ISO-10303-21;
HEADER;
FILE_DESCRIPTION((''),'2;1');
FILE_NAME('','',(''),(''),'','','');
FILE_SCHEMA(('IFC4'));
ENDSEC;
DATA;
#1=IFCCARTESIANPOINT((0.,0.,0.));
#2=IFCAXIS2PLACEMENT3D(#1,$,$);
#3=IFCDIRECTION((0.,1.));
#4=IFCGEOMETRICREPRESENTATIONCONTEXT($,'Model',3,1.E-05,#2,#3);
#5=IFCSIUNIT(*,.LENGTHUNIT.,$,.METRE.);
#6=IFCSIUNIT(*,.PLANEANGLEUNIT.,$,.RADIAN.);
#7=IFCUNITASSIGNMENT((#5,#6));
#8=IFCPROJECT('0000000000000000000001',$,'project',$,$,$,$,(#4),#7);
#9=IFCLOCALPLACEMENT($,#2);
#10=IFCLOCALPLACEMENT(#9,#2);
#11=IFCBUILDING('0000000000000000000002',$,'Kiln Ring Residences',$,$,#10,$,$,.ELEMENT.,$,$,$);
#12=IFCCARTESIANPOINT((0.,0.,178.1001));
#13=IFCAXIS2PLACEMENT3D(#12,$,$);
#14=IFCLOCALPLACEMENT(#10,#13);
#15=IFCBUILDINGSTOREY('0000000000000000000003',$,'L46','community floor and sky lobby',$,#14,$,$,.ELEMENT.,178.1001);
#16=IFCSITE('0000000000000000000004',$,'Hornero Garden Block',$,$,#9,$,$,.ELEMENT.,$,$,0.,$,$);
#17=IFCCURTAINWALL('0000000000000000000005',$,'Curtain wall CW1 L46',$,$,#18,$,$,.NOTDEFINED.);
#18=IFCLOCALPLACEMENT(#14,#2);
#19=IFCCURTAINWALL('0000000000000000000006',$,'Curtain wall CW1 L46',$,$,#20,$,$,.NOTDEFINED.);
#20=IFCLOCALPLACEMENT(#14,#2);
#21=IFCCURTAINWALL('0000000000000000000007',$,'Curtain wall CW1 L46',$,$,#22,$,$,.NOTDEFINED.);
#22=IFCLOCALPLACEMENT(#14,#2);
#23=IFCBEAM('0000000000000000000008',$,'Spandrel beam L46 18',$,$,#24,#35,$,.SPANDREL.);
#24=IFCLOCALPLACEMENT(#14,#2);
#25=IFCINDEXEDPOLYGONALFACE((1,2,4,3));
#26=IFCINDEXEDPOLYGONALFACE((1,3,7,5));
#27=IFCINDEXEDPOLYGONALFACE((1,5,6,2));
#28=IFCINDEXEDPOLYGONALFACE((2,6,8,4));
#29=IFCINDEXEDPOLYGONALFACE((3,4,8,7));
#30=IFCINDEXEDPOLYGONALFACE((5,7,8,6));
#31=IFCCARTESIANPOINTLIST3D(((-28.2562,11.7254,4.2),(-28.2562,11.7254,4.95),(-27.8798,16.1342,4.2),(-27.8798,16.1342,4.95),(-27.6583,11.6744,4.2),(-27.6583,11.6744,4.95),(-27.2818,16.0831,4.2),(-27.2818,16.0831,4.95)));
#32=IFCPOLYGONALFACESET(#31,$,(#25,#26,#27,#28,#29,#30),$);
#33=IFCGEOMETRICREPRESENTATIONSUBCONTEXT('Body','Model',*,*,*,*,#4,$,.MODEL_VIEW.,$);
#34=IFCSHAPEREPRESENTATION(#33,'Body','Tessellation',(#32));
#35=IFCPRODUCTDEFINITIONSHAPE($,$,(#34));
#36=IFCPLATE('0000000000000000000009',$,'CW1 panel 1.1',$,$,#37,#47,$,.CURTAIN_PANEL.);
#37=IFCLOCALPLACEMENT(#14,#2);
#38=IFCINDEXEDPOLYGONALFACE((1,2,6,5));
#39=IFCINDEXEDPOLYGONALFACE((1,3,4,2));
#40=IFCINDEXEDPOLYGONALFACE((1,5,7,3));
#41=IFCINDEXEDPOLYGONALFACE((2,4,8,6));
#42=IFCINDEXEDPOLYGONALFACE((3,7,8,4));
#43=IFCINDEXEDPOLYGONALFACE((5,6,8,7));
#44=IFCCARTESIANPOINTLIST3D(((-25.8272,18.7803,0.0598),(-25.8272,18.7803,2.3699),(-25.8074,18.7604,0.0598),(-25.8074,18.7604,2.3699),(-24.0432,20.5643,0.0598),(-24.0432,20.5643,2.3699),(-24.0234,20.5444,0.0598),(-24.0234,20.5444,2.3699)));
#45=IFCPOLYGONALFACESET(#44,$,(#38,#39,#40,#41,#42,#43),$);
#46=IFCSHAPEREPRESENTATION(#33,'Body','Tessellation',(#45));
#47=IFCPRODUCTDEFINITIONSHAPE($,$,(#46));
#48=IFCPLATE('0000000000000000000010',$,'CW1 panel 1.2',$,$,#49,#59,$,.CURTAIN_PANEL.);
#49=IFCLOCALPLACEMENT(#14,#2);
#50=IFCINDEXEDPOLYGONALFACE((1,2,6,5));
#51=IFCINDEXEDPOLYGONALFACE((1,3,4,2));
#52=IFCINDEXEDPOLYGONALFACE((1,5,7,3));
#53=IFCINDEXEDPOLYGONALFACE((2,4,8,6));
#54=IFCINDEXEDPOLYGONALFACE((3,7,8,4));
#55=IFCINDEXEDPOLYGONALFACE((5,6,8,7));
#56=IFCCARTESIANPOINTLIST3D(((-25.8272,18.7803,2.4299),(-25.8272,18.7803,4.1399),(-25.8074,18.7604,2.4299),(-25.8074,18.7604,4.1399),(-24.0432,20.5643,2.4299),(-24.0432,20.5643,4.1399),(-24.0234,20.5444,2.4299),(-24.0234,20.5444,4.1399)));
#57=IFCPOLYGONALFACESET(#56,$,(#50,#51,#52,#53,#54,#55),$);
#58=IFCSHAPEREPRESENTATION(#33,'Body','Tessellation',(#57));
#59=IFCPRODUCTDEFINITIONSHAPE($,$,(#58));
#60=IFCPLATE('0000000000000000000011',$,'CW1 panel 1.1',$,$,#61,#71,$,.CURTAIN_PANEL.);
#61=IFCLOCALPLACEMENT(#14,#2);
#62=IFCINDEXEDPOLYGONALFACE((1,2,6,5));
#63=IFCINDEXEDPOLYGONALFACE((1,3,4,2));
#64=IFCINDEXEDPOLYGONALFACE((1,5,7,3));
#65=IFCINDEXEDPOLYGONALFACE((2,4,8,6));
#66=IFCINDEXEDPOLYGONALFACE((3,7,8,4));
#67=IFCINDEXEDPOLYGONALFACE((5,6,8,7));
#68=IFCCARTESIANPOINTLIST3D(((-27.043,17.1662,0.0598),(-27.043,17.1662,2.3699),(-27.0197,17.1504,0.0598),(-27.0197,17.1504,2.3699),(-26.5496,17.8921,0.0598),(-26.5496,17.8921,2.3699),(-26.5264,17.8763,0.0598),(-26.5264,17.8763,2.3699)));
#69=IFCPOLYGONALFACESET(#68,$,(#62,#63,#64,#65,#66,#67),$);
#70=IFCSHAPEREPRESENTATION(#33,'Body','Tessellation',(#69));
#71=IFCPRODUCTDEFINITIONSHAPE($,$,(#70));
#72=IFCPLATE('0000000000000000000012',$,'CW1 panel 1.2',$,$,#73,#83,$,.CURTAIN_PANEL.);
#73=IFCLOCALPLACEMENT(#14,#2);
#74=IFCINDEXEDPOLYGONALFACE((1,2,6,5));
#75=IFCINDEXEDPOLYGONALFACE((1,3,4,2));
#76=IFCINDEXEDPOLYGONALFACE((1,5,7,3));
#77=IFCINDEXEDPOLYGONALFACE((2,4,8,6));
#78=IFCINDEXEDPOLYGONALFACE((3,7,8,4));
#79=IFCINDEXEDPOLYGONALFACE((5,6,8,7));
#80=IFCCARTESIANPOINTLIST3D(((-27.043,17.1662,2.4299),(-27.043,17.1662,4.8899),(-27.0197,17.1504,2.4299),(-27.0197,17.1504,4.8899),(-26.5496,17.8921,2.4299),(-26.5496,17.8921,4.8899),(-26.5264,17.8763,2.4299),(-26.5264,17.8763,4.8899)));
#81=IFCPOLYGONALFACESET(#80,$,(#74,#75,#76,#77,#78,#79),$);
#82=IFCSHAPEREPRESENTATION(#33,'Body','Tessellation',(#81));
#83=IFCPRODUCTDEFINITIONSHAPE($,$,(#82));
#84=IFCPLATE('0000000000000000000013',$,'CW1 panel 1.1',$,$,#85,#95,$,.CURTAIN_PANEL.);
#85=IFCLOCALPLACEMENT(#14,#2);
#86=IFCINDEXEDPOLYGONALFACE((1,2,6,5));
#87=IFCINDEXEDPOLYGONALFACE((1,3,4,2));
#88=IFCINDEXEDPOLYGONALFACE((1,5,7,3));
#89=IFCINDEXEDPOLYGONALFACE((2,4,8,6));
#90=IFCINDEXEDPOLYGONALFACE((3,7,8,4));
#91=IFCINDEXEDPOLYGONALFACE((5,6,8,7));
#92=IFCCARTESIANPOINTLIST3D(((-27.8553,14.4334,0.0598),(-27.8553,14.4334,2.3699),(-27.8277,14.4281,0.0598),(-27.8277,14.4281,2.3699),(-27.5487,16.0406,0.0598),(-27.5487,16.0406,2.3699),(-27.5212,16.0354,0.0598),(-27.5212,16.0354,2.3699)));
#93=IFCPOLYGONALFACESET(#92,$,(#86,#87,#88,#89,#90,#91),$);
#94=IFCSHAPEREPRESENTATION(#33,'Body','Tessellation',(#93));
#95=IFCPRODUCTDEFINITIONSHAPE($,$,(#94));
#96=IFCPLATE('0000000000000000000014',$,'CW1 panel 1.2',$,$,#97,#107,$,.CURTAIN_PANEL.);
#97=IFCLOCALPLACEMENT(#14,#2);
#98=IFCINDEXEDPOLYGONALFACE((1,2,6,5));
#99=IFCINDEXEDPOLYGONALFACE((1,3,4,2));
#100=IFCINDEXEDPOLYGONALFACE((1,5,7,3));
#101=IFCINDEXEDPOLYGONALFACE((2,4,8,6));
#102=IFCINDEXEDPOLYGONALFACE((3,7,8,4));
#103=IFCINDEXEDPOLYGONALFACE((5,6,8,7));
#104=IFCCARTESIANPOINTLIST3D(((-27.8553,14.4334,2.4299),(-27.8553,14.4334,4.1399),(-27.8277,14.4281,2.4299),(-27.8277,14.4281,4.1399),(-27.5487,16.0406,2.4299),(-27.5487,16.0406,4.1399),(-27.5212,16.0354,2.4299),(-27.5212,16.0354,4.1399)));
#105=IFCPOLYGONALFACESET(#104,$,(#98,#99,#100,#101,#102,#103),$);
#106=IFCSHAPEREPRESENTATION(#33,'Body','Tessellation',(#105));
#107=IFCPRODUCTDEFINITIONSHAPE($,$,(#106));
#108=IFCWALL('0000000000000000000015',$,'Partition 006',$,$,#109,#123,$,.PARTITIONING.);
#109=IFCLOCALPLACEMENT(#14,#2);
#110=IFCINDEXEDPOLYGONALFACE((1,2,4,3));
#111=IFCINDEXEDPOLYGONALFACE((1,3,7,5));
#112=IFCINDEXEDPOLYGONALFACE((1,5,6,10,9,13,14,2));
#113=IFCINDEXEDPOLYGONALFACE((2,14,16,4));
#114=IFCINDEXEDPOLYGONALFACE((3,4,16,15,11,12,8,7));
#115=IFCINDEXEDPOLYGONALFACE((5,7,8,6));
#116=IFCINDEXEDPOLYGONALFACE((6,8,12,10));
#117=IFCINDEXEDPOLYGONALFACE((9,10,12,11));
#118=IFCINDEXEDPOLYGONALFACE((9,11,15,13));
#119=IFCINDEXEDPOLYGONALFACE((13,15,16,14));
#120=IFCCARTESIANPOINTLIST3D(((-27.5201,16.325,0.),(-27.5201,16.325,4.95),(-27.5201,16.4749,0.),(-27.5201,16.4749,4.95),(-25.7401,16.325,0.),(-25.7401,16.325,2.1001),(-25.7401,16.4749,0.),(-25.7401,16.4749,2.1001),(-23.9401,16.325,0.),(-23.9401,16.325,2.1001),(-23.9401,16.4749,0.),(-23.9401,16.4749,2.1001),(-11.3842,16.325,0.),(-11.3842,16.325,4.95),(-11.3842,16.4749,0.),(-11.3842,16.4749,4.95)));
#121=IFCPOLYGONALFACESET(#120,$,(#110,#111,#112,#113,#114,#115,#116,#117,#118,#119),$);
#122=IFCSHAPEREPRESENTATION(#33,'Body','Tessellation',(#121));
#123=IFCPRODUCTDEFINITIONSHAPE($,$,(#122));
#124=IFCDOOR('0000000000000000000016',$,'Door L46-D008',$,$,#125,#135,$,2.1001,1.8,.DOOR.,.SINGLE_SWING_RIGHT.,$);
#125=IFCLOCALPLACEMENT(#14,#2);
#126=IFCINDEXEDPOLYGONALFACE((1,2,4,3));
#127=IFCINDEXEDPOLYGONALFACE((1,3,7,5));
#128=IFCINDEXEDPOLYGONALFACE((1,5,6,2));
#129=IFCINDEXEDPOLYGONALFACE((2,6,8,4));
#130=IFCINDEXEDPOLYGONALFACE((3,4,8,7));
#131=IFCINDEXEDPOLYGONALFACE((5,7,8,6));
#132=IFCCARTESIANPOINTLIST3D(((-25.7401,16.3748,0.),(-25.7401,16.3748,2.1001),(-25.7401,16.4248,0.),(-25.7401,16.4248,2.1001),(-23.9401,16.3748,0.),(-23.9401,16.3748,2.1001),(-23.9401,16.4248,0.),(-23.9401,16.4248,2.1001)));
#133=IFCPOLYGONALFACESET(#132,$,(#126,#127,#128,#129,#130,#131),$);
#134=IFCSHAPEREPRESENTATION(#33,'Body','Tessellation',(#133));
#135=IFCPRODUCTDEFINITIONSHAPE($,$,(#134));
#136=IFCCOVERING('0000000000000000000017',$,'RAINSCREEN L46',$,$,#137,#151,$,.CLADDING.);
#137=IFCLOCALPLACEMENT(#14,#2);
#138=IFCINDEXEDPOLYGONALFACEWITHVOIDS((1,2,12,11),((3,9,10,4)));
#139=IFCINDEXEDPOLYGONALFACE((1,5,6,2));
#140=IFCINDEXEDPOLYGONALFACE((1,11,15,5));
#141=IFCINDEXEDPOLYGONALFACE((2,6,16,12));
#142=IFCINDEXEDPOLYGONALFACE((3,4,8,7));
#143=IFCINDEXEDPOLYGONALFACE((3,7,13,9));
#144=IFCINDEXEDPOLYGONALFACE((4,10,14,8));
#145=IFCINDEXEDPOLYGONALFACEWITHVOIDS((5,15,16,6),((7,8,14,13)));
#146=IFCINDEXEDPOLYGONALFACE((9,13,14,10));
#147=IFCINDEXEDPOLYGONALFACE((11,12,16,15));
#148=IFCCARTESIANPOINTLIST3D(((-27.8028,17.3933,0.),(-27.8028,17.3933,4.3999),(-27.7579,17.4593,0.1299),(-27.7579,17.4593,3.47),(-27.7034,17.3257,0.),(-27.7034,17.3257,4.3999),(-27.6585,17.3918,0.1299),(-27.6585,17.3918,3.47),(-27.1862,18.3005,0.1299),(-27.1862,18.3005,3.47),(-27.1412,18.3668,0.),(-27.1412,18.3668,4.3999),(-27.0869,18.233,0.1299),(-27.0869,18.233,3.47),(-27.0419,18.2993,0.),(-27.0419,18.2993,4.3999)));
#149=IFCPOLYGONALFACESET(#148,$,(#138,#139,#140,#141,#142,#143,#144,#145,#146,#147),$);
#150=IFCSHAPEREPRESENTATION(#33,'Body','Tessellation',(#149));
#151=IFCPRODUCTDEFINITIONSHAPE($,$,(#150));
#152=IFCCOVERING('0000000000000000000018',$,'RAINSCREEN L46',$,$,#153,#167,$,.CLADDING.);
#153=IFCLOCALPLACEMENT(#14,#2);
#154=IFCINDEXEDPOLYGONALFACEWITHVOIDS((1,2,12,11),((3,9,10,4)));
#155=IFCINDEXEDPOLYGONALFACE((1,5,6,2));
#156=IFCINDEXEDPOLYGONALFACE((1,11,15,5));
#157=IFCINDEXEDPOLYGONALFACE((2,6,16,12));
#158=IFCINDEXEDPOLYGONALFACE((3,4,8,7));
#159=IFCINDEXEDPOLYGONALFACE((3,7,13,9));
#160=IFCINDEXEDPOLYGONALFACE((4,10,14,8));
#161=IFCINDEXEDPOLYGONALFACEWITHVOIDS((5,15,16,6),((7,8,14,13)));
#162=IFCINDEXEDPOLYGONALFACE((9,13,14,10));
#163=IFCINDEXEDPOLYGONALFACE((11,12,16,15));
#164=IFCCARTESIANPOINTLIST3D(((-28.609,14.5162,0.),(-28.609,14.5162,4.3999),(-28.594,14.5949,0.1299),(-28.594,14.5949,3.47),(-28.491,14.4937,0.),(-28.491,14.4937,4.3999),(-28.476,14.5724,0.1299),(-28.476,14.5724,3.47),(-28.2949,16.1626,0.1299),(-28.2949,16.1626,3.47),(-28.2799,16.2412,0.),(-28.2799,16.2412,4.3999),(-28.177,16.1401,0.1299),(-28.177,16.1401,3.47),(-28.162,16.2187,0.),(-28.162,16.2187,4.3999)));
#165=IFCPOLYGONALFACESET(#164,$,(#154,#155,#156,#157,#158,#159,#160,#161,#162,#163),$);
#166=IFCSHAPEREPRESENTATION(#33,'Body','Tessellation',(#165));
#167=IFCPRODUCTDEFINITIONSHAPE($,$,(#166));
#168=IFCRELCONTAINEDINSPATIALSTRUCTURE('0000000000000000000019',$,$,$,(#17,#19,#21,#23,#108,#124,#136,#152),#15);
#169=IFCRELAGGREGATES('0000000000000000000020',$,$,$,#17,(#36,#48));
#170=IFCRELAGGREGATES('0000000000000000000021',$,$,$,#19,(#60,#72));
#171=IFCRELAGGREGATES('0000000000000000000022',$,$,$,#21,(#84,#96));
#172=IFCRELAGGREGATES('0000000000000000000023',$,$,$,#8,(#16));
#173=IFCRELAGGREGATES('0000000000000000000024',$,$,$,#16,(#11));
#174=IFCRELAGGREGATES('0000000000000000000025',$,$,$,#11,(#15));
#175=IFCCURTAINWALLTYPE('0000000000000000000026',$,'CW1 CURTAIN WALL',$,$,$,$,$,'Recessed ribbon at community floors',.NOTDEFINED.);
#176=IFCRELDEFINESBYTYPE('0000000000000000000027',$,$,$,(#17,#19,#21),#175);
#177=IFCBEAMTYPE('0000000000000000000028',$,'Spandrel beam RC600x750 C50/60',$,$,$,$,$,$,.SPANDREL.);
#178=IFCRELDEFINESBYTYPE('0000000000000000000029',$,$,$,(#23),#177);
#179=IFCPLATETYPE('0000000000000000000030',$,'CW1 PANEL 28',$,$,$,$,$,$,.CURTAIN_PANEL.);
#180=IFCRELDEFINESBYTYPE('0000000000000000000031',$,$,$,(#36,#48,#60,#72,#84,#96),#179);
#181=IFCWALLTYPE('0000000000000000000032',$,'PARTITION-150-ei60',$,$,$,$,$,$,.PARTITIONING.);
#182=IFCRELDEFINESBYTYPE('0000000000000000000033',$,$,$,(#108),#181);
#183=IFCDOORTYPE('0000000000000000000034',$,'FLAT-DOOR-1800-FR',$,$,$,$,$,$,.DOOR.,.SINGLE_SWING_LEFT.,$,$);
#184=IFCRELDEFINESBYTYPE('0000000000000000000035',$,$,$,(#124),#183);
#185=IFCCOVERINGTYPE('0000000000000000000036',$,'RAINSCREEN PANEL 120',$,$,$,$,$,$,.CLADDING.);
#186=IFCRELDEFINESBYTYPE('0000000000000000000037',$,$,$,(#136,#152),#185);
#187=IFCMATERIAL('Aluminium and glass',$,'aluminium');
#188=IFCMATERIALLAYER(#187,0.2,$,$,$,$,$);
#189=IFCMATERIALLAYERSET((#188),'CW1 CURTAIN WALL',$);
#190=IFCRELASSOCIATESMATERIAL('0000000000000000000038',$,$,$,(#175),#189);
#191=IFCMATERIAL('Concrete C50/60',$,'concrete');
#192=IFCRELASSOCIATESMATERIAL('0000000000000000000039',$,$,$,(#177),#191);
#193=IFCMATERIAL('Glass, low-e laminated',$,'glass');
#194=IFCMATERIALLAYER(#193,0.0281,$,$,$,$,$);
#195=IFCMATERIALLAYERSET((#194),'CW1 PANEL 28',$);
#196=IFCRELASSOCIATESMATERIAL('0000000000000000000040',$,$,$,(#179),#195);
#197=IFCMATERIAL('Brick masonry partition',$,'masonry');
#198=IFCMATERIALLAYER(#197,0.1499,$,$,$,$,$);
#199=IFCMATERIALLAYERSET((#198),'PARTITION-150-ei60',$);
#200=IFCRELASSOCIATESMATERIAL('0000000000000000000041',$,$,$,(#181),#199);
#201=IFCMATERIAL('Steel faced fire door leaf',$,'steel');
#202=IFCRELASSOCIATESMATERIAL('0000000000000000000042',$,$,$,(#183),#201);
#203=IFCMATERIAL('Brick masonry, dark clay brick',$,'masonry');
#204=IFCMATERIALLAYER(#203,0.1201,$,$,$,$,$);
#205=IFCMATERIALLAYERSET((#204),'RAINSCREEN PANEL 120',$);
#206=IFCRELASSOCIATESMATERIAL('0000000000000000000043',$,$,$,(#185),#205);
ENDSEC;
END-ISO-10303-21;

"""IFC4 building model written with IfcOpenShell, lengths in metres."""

from ifc_helpers import new_model, si_unit, direction, frame, frame_2d, origin, origin_2d, place, context, subcontext, project, spatial, polyline, rectangle, outline, extrude, material, layer, layer_set, material_profile, profile_set, type_object, element, fill, aggregate, save


model = new_model("IFC4")

# Units and contexts
model_context = context("Model", 3, precision=1e-05, world=origin(), true_north=direction((0.0, 1.0)))
body_context = subcontext(model_context, "Body", "Model", "MODEL_VIEW")
ifc_project = project(units=[si_unit("LENGTHUNIT", "METRE"), si_unit("PLANEANGLEUNIT", "RADIAN")], contexts=[model_context])

# Site, building, storey
site_placement = place(None, origin())
site = spatial("IfcSite", under=ifc_project, at=site_placement, Name="Hornero Garden Block", CompositionType="ELEMENT", RefElevation=0.0)
building_placement = place(site_placement, origin())
building = spatial("IfcBuilding", under=site, at=building_placement, Name="Kiln Ring Residences", CompositionType="ELEMENT")
storey_placement = place(building_placement, frame((0.0, 0.0, 178.1001)))
storey = spatial("IfcBuildingStorey", under=building, at=storey_placement, Name="L46", Description="community floor and sky lobby", CompositionType="ELEMENT", Elevation=178.1001)

# Curtain wall
ifc_material_1 = material(Name="Aluminium and glass", Category="aluminium")
ifc_layer_1 = layer(ifc_material_1, 0.2)
ifc_layer_set_1 = layer_set([ifc_layer_1], Name="CW1 CURTAIN WALL")
curtain_wall_type = type_object("IfcCurtainWallType", Name="CW1 CURTAIN WALL", ElementType="Recessed ribbon at community floors", PredefinedType="NOTDEFINED", material=ifc_layer_set_1)
placement = place(storey_placement, origin())
curtain_wall_1 = element("IfcCurtainWall", 1, at=placement, inside=storey, type_object=curtain_wall_type, Name="Curtain wall CW1 L46", PredefinedType="NOTDEFINED")

# Curtain walls
curtain_wall_2 = element("IfcCurtainWall", 2, at=placement, inside=storey, type_object=curtain_wall_type, Name="Curtain wall CW1 L46", PredefinedType="NOTDEFINED")
curtain_wall_3 = element("IfcCurtainWall", 3, at=placement, inside=storey, type_object=curtain_wall_type, Name="Curtain wall CW1 L46", PredefinedType="NOTDEFINED")

# Beam
ifc_material_2 = material(Name="Concrete C50/60", Category="concrete")
ifc_material_profile_1 = material_profile(ifc_material_2, rectangle(XDim=0.6001, YDim=0.75, at=origin_2d()), Name="RC600x750")
ifc_profile_set_1 = profile_set([ifc_material_profile_1], Name="Concrete C50/60")
beam_type = type_object("IfcBeamType", Name="Spandrel beam RC600x750 C50/60", PredefinedType="SPANDREL", material=ifc_profile_set_1)
beam_placement = place(storey_placement, frame((-27.5808, 16.1086, 4.575), z_axis=(-0.085082, -0.996374, 0.0), x_axis=(0.996374, -0.085082, 0.0)))
element("IfcBeam", 4, at=beam_placement, inside=storey, type_object=beam_type, Name="Spandrel beam L46 18", PredefinedType="SPANDREL", context=body_context, shape_type="SweptSolid", body=[
    extrude(rectangle(XDim=0.6001, YDim=0.75, at=origin_2d()), origin(), (0.0, 0.0, 1.0), 4.4248),
])

# Plates
ifc_material_3 = material(Name="Glass, low-e laminated", Category="glass")
ifc_layer_2 = layer(ifc_material_3, 0.0281)
ifc_layer_set_2 = layer_set([ifc_layer_2], Name="CW1 PANEL 28")
plate_type = type_object("IfcPlateType", Name="CW1 PANEL 28", PredefinedType="CURTAIN_PANEL", material=ifc_layer_set_2)
plate_1_placement = place(storey_placement, frame((-24.9253, 19.6624, 0.0598), z_axis=(0.0, 0.0, 1.0), x_axis=(-0.707107, -0.707107, 0.0)))
plate_1 = element("IfcPlate", 5, at=plate_1_placement, type_object=plate_type, Name="CW1 panel 1.1", PredefinedType="CURTAIN_PANEL", context=body_context, shape_type="SweptSolid", body=[
    extrude(rectangle(XDim=2.5229, YDim=0.0281, at=origin_2d()), origin(), (0.0, 0.0, 1.0), 2.3101),
])
plate_2_placement = place(storey_placement, frame((-24.9253, 19.6624, 2.4299), z_axis=(0.0, 0.0, 1.0), x_axis=(-0.707107, -0.707107, 0.0)))
plate_2 = element("IfcPlate", 6, at=plate_2_placement, type_object=plate_type, Name="CW1 panel 1.2", PredefinedType="CURTAIN_PANEL", context=body_context, shape_type="SweptSolid", body=[
    extrude(rectangle(XDim=2.5229, YDim=0.0281, at=origin_2d()), origin(), (0.0, 0.0, 1.0), 1.71),
])
aggregate(curtain_wall_1, [plate_1, plate_2])
plate_3_placement = place(storey_placement, frame((-26.7847, 17.5212, 0.0598), z_axis=(0.0, 0.0, 1.0), x_axis=(-0.562097, -0.827072, 0.0)))
plate_3 = element("IfcPlate", 7, at=plate_3_placement, type_object=plate_type, Name="CW1 panel 1.1", PredefinedType="CURTAIN_PANEL", context=body_context, shape_type="SweptSolid", body=[
    extrude(rectangle(XDim=0.8777, YDim=0.0281, at=origin_2d()), origin(), (0.0, 0.0, 1.0), 2.3101),
])
plate_4_placement = place(storey_placement, frame((-26.7847, 17.5212, 2.4299), z_axis=(0.0, 0.0, 1.0), x_axis=(-0.562097, -0.827072, 0.0)))
plate_4 = element("IfcPlate", 8, at=plate_4_placement, type_object=plate_type, Name="CW1 panel 1.2", PredefinedType="CURTAIN_PANEL", context=body_context, shape_type="SweptSolid", body=[
    extrude(rectangle(XDim=0.8777, YDim=0.0281, at=origin_2d()), origin(), (0.0, 0.0, 1.0), 2.46),
])
aggregate(curtain_wall_2, [plate_3, plate_4])
plate_5_placement = place(storey_placement, frame((-27.6882, 15.2344, 0.0598), z_axis=(0.0, 0.0, 1.0), x_axis=(-0.187366, -0.98229, 0.0)))
plate_5 = element("IfcPlate", 9, at=plate_5_placement, type_object=plate_type, Name="CW1 panel 1.1", PredefinedType="CURTAIN_PANEL", context=body_context, shape_type="SweptSolid", body=[
    extrude(rectangle(XDim=1.6362, YDim=0.0281, at=origin_2d()), origin(), (0.0, 0.0, 1.0), 2.3101),
])
plate_6_placement = place(storey_placement, frame((-27.6882, 15.2344, 2.4299), z_axis=(0.0, 0.0, 1.0), x_axis=(-0.187366, -0.98229, 0.0)))
plate_6 = element("IfcPlate", 10, at=plate_6_placement, type_object=plate_type, Name="CW1 panel 1.2", PredefinedType="CURTAIN_PANEL", context=body_context, shape_type="SweptSolid", body=[
    extrude(rectangle(XDim=1.6362, YDim=0.0281, at=origin_2d()), origin(), (0.0, 0.0, 1.0), 1.71),
])
aggregate(curtain_wall_3, [plate_5, plate_6])

# Wall, opening, door
ifc_material_4 = material(Name="Brick masonry partition", Category="masonry")
ifc_layer_3 = layer(ifc_material_4, 0.1499)
ifc_layer_set_3 = layer_set([ifc_layer_3], Name="PARTITION-150-ei60")
wall_type = type_object("IfcWallType", Name="PARTITION-150-ei60", PredefinedType="PARTITIONING", material=ifc_layer_set_3)
wall_placement = place(storey_placement, frame((-27.52, 16.3999, 0.0), z_axis=(0.0, 0.0, 1.0), x_axis=(1.0, 0.0, 0.0)))
wall = element("IfcWall", 11, at=wall_placement, inside=storey, type_object=wall_type, Name="Partition 006", PredefinedType="PARTITIONING", context=body_context, shape_type="SweptSolid", body=[
    extrude(rectangle(XDim=16.136, YDim=0.1499, at=frame_2d((8.0679, 0.0))), origin(), (0.0, 0.0, 1.0), 4.95),
])
opening_placement = place(wall_placement, frame((1.78, 0.0, 0.0)))
opening = element("IfcOpeningElement", 12, at=opening_placement, cuts=wall, PredefinedType="OPENING", context=body_context, shape_type="SweptSolid", body=[
    extrude(rectangle(XDim=1.8, YDim=2.1001, at=frame_2d((0.8999, 1.05))), frame((0.0, 0.085, 0.0), z_axis=(0.0, -1.0, 0.0), x_axis=(1.0, 0.0, 0.0)), (0.0, 0.0, 1.0), 0.1699),
])
ifc_material_5 = material(Name="Steel faced fire door leaf", Category="steel")
door_type = type_object("IfcDoorType", Name="FLAT-DOOR-1800-FR", OperationType="SINGLE_SWING_LEFT", PredefinedType="DOOR", material=ifc_material_5)
door_placement = place(opening_placement, origin())
door = element("IfcDoor", 13, at=door_placement, inside=storey, type_object=door_type, Name="Door L46-D008", OperationType="SINGLE_SWING_RIGHT", OverallHeight=2.1001, OverallWidth=1.8, PredefinedType="DOOR", context=body_context, shape_type="SweptSolid", body=[
    extrude(rectangle(XDim=1.8, YDim=2.1001, at=frame_2d((0.8999, 1.05))), frame((0.0, 0.0249, 0.0), z_axis=(0.0, -1.0, 0.0), x_axis=(1.0, 0.0, 0.0)), (0.0, 0.0, 1.0), 0.05),
])
fill(opening, door)

# Coverings
ifc_material_6 = material(Name="Brick masonry, dark clay brick", Category="masonry")
ifc_layer_4 = layer(ifc_material_6, 0.1201)
ifc_layer_set_4 = layer_set([ifc_layer_4], Name="RAINSCREEN PANEL 120")
covering_type = type_object("IfcCoveringType", Name="RAINSCREEN PANEL 120", PredefinedType="CLADDING", material=ifc_layer_set_4)
covering_1_placement = place(storey_placement, frame((-27.0916, 18.333, 0.0), z_axis=(0.0, 0.0, 1.0), x_axis=(-0.562049, -0.827104, 0.0)))
element("IfcCovering", 14, at=covering_1_placement, inside=storey, type_object=covering_type, Name="RAINSCREEN L46", PredefinedType="CLADDING", context=body_context, shape_type="SweptSolid", body=[
    extrude(outline(polyline([(0.0, 0.0), (1.177, 0.0), (1.177, 4.3999), (0.0, 4.3999), (0.0, 0.0)]), holes=[polyline([(0.0801, 3.47), (0.0801, 0.1299), (1.0972, 0.1299), (1.0972, 3.47), (0.0801, 3.47)])]), frame((0.0, 0.0601, 0.0), z_axis=(0.0, -1.0, 0.0), x_axis=(1.0, 0.0, 0.0)), (0.0, 0.0, 1.0), 0.1201),
])
covering_2_placement = place(storey_placement, frame((-28.2209, 16.23, 0.0), z_axis=(0.0, 0.0, 1.0), x_axis=(-0.187393, -0.982285, 0.0)))
element("IfcCovering", 15, at=covering_2_placement, inside=storey, type_object=covering_type, Name="RAINSCREEN L46", PredefinedType="CLADDING", context=body_context, shape_type="SweptSolid", body=[
    extrude(outline(polyline([(0.0, 0.0), (1.7561, 0.0), (1.7561, 4.3999), (0.0, 4.3999), (0.0, 0.0)]), holes=[polyline([(0.0801, 3.47), (0.0801, 0.1299), (1.676, 0.1299), (1.676, 3.47), (0.0801, 3.47)])]), frame((0.0, 0.0601, 0.0), z_axis=(0.0, -1.0, 0.0), x_axis=(1.0, 0.0, 0.0)), (0.0, 0.0, 1.0), 0.1201),
])

save(model, "model.ifc")
